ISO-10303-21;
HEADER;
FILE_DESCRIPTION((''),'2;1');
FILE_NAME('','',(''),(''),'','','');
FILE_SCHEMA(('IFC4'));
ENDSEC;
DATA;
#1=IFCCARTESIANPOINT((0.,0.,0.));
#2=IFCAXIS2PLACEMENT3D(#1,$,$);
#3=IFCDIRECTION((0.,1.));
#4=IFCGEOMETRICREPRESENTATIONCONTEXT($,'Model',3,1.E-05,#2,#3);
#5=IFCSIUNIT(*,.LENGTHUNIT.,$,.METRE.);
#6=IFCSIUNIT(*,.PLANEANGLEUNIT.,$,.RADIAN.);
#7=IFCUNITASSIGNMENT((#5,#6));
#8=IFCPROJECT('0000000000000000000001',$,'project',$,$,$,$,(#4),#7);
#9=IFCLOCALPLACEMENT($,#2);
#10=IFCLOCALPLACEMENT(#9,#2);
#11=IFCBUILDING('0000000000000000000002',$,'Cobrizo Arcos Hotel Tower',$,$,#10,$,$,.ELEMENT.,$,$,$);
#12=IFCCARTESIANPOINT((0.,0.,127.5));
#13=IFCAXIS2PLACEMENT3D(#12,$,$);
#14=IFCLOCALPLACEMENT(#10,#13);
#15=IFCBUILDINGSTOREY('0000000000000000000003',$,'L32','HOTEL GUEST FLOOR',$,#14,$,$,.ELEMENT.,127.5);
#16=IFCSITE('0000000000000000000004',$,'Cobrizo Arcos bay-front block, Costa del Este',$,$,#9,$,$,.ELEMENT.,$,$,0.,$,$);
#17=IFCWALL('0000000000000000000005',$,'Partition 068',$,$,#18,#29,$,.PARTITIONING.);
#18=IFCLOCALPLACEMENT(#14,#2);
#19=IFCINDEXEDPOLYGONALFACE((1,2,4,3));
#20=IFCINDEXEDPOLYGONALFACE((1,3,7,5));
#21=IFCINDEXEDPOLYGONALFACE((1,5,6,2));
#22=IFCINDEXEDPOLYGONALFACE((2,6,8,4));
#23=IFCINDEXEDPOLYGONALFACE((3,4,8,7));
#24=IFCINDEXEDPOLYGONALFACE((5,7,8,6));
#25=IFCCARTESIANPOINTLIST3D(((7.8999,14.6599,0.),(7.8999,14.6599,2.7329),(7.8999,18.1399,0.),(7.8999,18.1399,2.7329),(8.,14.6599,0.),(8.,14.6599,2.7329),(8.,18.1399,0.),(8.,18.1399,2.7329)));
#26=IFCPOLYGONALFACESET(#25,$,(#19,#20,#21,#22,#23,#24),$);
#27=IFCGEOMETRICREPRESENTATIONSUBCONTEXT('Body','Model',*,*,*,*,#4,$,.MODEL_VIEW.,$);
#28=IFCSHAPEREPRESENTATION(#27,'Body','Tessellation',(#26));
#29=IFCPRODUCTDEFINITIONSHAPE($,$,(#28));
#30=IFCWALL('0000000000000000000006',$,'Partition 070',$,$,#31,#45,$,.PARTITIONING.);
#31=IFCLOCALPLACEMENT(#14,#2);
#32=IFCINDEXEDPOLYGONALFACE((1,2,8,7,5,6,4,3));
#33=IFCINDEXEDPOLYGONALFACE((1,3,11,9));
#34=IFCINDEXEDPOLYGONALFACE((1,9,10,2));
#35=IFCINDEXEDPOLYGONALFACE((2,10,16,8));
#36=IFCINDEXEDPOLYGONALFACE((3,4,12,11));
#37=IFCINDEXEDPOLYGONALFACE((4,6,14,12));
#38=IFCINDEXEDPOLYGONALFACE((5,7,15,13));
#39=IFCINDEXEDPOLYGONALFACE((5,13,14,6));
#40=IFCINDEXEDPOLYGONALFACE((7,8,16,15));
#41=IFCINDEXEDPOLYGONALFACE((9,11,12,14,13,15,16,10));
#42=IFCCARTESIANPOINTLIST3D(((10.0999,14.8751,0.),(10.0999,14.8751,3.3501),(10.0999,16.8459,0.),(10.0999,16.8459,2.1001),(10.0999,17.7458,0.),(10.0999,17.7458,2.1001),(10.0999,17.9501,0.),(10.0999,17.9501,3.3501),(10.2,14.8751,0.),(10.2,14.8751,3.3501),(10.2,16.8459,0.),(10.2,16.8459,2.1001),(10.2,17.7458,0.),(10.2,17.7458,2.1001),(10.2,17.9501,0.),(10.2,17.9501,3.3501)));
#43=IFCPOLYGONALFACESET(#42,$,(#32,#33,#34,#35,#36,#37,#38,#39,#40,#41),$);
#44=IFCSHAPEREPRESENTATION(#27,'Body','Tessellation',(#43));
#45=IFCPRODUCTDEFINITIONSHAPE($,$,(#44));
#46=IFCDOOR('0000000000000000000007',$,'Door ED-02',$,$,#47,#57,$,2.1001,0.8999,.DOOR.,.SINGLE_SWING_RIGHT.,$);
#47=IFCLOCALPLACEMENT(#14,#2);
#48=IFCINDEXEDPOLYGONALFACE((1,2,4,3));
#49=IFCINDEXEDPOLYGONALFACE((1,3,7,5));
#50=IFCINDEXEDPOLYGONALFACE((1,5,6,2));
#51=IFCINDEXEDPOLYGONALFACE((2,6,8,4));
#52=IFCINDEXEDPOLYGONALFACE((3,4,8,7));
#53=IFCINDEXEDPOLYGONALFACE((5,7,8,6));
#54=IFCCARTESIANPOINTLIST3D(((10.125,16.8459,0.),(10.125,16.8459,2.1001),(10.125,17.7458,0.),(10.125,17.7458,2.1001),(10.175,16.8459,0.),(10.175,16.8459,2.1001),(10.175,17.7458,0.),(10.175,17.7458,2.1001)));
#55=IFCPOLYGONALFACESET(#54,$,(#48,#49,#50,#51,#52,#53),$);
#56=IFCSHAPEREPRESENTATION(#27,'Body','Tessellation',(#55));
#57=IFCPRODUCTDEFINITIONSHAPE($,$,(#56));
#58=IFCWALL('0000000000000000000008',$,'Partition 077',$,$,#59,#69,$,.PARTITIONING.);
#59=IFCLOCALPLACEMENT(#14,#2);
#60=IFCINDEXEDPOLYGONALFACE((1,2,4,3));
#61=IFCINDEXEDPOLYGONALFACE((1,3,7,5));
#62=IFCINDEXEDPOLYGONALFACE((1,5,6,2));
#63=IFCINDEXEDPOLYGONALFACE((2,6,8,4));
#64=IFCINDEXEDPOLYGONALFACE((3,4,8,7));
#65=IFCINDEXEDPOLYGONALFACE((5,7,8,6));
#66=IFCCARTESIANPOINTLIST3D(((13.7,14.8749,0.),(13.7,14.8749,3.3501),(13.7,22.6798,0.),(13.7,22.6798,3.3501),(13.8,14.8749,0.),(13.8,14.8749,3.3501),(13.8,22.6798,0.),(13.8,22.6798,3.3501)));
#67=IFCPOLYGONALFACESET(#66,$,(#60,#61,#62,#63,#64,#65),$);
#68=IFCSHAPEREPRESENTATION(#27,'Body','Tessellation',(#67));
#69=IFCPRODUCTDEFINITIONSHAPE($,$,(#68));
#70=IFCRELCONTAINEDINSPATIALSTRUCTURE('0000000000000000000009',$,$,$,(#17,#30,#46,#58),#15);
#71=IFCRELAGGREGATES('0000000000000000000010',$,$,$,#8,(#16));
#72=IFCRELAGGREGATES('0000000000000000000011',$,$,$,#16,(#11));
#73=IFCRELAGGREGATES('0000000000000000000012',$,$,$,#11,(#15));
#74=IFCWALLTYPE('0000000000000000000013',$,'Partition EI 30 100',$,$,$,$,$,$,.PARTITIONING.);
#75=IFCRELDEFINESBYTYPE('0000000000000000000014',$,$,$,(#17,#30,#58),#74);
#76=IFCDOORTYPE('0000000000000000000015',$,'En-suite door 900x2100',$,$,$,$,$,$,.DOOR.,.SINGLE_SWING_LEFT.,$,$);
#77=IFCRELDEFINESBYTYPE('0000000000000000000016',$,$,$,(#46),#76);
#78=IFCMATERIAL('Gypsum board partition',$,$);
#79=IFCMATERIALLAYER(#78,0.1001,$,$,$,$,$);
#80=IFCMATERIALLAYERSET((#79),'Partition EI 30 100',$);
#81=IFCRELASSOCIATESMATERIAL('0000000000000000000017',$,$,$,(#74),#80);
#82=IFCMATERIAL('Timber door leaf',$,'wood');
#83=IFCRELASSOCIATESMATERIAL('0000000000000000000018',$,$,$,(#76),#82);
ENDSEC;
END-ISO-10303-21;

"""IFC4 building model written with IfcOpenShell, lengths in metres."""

from ifc_helpers import new_model, si_unit, direction, frame, frame_2d, origin, place, context, subcontext, project, spatial, rectangle, extrude, material, layer, layer_set, type_object, element, fill, save


model = new_model("IFC4")

# Units and contexts
model_context = context("Model", 3, precision=1e-05, world=origin(), true_north=direction((0.0, 1.0)))
body_context = subcontext(model_context, "Body", "Model", "MODEL_VIEW")
ifc_project = project(units=[si_unit("LENGTHUNIT", "METRE"), si_unit("PLANEANGLEUNIT", "RADIAN")], contexts=[model_context])

# Site, building, storey
site_placement = place(None, origin())
site = spatial("IfcSite", under=ifc_project, at=site_placement, Name="Cobrizo Arcos bay-front block, Costa del Este", CompositionType="ELEMENT", RefElevation=0.0)
building_placement = place(site_placement, origin())
building = spatial("IfcBuilding", under=site, at=building_placement, Name="Cobrizo Arcos Hotel Tower", CompositionType="ELEMENT")
storey_placement = place(building_placement, frame((0.0, 0.0, 127.5)))
storey = spatial("IfcBuildingStorey", under=building, at=storey_placement, Name="L32", Description="HOTEL GUEST FLOOR", CompositionType="ELEMENT", Elevation=127.5)

# Shared definitions
ifc_material_1 = material(Name="Gypsum board partition")
ifc_material_2 = material(Name="Timber door leaf", Category="wood")

# Wall
ifc_layer_1 = layer(ifc_material_1, 0.1001)
ifc_layer_set_1 = layer_set([ifc_layer_1], Name="Partition EI 30 100")
wall_type_1 = type_object("IfcWallType", Name="Partition EI 30 100", PredefinedType="PARTITIONING", material=ifc_layer_set_1)
wall_1_placement = place(storey_placement, frame((7.95, 14.6599, 0.0), z_axis=(0.0, 0.0, 1.0), x_axis=(0.0, 1.0, 0.0)))
element("IfcWall", 1, at=wall_1_placement, inside=storey, type_object=wall_type_1, Name="Partition 068", PredefinedType="PARTITIONING", context=body_context, shape_type="SweptSolid", body=[
    extrude(rectangle(XDim=3.48, YDim=0.1001, at=frame_2d((1.74, 0.0))), origin(), (0.0, 0.0, 1.0), 2.7329),
])

# Wall, opening, door
wall_2_placement = place(storey_placement, frame((10.1499, 14.875, 0.0), z_axis=(0.0, 0.0, 1.0), x_axis=(0.0, 1.0, 0.0)))
wall_2 = element("IfcWall", 2, at=wall_2_placement, inside=storey, type_object=wall_type_1, Name="Partition 070", PredefinedType="PARTITIONING", context=body_context, shape_type="SweptSolid", body=[
    extrude(rectangle(XDim=3.075, YDim=0.1001, at=frame_2d((1.5376, 0.0))), origin(), (0.0, 0.0, 1.0), 3.3501),
])
opening_1_placement = place(wall_2_placement, frame((1.9709, 0.0, 0.0)))
opening_1 = element("IfcOpeningElement", 3, at=opening_1_placement, cuts=wall_2, PredefinedType="OPENING", context=body_context, shape_type="SweptSolid", body=[
    extrude(rectangle(XDim=0.8999, YDim=2.1001, at=frame_2d((0.45, 1.05))), frame((0.0, 0.062, 0.0), z_axis=(0.0, -1.0, 0.0), x_axis=(1.0, 0.0, 0.0)), (0.0, 0.0, 1.0), 0.124),
])
door_type_1 = type_object("IfcDoorType", Name="En-suite door 900x2100", OperationType="SINGLE_SWING_LEFT", PredefinedType="DOOR", material=ifc_material_2)
door_1_placement = place(opening_1_placement, origin())
door_1 = element("IfcDoor", 4, at=door_1_placement, inside=storey, type_object=door_type_1, Name="Door ED-02", OperationType="SINGLE_SWING_RIGHT", OverallHeight=2.1001, OverallWidth=0.8999, PredefinedType="DOOR", context=body_context, shape_type="SweptSolid", body=[
    extrude(rectangle(XDim=0.8999, YDim=2.1001, at=frame_2d((0.45, 1.05))), frame((0.0, 0.0249, 0.0), z_axis=(0.0, -1.0, 0.0), x_axis=(1.0, 0.0, 0.0)), (0.0, 0.0, 1.0), 0.05),
])
fill(opening_1, door_1)

# Wall
wall_3_placement = place(storey_placement, frame((13.75, 14.875, 0.0), z_axis=(0.0, 0.0, 1.0), x_axis=(0.0, 1.0, 0.0)))
element("IfcWall", 5, at=wall_3_placement, inside=storey, type_object=wall_type_1, Name="Partition 077", PredefinedType="PARTITIONING", context=body_context, shape_type="SweptSolid", body=[
    extrude(rectangle(XDim=7.8049, YDim=0.1001, at=frame_2d((3.9023, 0.0))), origin(), (0.0, 0.0, 1.0), 3.3501),
])

save(model, "model.ifc")
